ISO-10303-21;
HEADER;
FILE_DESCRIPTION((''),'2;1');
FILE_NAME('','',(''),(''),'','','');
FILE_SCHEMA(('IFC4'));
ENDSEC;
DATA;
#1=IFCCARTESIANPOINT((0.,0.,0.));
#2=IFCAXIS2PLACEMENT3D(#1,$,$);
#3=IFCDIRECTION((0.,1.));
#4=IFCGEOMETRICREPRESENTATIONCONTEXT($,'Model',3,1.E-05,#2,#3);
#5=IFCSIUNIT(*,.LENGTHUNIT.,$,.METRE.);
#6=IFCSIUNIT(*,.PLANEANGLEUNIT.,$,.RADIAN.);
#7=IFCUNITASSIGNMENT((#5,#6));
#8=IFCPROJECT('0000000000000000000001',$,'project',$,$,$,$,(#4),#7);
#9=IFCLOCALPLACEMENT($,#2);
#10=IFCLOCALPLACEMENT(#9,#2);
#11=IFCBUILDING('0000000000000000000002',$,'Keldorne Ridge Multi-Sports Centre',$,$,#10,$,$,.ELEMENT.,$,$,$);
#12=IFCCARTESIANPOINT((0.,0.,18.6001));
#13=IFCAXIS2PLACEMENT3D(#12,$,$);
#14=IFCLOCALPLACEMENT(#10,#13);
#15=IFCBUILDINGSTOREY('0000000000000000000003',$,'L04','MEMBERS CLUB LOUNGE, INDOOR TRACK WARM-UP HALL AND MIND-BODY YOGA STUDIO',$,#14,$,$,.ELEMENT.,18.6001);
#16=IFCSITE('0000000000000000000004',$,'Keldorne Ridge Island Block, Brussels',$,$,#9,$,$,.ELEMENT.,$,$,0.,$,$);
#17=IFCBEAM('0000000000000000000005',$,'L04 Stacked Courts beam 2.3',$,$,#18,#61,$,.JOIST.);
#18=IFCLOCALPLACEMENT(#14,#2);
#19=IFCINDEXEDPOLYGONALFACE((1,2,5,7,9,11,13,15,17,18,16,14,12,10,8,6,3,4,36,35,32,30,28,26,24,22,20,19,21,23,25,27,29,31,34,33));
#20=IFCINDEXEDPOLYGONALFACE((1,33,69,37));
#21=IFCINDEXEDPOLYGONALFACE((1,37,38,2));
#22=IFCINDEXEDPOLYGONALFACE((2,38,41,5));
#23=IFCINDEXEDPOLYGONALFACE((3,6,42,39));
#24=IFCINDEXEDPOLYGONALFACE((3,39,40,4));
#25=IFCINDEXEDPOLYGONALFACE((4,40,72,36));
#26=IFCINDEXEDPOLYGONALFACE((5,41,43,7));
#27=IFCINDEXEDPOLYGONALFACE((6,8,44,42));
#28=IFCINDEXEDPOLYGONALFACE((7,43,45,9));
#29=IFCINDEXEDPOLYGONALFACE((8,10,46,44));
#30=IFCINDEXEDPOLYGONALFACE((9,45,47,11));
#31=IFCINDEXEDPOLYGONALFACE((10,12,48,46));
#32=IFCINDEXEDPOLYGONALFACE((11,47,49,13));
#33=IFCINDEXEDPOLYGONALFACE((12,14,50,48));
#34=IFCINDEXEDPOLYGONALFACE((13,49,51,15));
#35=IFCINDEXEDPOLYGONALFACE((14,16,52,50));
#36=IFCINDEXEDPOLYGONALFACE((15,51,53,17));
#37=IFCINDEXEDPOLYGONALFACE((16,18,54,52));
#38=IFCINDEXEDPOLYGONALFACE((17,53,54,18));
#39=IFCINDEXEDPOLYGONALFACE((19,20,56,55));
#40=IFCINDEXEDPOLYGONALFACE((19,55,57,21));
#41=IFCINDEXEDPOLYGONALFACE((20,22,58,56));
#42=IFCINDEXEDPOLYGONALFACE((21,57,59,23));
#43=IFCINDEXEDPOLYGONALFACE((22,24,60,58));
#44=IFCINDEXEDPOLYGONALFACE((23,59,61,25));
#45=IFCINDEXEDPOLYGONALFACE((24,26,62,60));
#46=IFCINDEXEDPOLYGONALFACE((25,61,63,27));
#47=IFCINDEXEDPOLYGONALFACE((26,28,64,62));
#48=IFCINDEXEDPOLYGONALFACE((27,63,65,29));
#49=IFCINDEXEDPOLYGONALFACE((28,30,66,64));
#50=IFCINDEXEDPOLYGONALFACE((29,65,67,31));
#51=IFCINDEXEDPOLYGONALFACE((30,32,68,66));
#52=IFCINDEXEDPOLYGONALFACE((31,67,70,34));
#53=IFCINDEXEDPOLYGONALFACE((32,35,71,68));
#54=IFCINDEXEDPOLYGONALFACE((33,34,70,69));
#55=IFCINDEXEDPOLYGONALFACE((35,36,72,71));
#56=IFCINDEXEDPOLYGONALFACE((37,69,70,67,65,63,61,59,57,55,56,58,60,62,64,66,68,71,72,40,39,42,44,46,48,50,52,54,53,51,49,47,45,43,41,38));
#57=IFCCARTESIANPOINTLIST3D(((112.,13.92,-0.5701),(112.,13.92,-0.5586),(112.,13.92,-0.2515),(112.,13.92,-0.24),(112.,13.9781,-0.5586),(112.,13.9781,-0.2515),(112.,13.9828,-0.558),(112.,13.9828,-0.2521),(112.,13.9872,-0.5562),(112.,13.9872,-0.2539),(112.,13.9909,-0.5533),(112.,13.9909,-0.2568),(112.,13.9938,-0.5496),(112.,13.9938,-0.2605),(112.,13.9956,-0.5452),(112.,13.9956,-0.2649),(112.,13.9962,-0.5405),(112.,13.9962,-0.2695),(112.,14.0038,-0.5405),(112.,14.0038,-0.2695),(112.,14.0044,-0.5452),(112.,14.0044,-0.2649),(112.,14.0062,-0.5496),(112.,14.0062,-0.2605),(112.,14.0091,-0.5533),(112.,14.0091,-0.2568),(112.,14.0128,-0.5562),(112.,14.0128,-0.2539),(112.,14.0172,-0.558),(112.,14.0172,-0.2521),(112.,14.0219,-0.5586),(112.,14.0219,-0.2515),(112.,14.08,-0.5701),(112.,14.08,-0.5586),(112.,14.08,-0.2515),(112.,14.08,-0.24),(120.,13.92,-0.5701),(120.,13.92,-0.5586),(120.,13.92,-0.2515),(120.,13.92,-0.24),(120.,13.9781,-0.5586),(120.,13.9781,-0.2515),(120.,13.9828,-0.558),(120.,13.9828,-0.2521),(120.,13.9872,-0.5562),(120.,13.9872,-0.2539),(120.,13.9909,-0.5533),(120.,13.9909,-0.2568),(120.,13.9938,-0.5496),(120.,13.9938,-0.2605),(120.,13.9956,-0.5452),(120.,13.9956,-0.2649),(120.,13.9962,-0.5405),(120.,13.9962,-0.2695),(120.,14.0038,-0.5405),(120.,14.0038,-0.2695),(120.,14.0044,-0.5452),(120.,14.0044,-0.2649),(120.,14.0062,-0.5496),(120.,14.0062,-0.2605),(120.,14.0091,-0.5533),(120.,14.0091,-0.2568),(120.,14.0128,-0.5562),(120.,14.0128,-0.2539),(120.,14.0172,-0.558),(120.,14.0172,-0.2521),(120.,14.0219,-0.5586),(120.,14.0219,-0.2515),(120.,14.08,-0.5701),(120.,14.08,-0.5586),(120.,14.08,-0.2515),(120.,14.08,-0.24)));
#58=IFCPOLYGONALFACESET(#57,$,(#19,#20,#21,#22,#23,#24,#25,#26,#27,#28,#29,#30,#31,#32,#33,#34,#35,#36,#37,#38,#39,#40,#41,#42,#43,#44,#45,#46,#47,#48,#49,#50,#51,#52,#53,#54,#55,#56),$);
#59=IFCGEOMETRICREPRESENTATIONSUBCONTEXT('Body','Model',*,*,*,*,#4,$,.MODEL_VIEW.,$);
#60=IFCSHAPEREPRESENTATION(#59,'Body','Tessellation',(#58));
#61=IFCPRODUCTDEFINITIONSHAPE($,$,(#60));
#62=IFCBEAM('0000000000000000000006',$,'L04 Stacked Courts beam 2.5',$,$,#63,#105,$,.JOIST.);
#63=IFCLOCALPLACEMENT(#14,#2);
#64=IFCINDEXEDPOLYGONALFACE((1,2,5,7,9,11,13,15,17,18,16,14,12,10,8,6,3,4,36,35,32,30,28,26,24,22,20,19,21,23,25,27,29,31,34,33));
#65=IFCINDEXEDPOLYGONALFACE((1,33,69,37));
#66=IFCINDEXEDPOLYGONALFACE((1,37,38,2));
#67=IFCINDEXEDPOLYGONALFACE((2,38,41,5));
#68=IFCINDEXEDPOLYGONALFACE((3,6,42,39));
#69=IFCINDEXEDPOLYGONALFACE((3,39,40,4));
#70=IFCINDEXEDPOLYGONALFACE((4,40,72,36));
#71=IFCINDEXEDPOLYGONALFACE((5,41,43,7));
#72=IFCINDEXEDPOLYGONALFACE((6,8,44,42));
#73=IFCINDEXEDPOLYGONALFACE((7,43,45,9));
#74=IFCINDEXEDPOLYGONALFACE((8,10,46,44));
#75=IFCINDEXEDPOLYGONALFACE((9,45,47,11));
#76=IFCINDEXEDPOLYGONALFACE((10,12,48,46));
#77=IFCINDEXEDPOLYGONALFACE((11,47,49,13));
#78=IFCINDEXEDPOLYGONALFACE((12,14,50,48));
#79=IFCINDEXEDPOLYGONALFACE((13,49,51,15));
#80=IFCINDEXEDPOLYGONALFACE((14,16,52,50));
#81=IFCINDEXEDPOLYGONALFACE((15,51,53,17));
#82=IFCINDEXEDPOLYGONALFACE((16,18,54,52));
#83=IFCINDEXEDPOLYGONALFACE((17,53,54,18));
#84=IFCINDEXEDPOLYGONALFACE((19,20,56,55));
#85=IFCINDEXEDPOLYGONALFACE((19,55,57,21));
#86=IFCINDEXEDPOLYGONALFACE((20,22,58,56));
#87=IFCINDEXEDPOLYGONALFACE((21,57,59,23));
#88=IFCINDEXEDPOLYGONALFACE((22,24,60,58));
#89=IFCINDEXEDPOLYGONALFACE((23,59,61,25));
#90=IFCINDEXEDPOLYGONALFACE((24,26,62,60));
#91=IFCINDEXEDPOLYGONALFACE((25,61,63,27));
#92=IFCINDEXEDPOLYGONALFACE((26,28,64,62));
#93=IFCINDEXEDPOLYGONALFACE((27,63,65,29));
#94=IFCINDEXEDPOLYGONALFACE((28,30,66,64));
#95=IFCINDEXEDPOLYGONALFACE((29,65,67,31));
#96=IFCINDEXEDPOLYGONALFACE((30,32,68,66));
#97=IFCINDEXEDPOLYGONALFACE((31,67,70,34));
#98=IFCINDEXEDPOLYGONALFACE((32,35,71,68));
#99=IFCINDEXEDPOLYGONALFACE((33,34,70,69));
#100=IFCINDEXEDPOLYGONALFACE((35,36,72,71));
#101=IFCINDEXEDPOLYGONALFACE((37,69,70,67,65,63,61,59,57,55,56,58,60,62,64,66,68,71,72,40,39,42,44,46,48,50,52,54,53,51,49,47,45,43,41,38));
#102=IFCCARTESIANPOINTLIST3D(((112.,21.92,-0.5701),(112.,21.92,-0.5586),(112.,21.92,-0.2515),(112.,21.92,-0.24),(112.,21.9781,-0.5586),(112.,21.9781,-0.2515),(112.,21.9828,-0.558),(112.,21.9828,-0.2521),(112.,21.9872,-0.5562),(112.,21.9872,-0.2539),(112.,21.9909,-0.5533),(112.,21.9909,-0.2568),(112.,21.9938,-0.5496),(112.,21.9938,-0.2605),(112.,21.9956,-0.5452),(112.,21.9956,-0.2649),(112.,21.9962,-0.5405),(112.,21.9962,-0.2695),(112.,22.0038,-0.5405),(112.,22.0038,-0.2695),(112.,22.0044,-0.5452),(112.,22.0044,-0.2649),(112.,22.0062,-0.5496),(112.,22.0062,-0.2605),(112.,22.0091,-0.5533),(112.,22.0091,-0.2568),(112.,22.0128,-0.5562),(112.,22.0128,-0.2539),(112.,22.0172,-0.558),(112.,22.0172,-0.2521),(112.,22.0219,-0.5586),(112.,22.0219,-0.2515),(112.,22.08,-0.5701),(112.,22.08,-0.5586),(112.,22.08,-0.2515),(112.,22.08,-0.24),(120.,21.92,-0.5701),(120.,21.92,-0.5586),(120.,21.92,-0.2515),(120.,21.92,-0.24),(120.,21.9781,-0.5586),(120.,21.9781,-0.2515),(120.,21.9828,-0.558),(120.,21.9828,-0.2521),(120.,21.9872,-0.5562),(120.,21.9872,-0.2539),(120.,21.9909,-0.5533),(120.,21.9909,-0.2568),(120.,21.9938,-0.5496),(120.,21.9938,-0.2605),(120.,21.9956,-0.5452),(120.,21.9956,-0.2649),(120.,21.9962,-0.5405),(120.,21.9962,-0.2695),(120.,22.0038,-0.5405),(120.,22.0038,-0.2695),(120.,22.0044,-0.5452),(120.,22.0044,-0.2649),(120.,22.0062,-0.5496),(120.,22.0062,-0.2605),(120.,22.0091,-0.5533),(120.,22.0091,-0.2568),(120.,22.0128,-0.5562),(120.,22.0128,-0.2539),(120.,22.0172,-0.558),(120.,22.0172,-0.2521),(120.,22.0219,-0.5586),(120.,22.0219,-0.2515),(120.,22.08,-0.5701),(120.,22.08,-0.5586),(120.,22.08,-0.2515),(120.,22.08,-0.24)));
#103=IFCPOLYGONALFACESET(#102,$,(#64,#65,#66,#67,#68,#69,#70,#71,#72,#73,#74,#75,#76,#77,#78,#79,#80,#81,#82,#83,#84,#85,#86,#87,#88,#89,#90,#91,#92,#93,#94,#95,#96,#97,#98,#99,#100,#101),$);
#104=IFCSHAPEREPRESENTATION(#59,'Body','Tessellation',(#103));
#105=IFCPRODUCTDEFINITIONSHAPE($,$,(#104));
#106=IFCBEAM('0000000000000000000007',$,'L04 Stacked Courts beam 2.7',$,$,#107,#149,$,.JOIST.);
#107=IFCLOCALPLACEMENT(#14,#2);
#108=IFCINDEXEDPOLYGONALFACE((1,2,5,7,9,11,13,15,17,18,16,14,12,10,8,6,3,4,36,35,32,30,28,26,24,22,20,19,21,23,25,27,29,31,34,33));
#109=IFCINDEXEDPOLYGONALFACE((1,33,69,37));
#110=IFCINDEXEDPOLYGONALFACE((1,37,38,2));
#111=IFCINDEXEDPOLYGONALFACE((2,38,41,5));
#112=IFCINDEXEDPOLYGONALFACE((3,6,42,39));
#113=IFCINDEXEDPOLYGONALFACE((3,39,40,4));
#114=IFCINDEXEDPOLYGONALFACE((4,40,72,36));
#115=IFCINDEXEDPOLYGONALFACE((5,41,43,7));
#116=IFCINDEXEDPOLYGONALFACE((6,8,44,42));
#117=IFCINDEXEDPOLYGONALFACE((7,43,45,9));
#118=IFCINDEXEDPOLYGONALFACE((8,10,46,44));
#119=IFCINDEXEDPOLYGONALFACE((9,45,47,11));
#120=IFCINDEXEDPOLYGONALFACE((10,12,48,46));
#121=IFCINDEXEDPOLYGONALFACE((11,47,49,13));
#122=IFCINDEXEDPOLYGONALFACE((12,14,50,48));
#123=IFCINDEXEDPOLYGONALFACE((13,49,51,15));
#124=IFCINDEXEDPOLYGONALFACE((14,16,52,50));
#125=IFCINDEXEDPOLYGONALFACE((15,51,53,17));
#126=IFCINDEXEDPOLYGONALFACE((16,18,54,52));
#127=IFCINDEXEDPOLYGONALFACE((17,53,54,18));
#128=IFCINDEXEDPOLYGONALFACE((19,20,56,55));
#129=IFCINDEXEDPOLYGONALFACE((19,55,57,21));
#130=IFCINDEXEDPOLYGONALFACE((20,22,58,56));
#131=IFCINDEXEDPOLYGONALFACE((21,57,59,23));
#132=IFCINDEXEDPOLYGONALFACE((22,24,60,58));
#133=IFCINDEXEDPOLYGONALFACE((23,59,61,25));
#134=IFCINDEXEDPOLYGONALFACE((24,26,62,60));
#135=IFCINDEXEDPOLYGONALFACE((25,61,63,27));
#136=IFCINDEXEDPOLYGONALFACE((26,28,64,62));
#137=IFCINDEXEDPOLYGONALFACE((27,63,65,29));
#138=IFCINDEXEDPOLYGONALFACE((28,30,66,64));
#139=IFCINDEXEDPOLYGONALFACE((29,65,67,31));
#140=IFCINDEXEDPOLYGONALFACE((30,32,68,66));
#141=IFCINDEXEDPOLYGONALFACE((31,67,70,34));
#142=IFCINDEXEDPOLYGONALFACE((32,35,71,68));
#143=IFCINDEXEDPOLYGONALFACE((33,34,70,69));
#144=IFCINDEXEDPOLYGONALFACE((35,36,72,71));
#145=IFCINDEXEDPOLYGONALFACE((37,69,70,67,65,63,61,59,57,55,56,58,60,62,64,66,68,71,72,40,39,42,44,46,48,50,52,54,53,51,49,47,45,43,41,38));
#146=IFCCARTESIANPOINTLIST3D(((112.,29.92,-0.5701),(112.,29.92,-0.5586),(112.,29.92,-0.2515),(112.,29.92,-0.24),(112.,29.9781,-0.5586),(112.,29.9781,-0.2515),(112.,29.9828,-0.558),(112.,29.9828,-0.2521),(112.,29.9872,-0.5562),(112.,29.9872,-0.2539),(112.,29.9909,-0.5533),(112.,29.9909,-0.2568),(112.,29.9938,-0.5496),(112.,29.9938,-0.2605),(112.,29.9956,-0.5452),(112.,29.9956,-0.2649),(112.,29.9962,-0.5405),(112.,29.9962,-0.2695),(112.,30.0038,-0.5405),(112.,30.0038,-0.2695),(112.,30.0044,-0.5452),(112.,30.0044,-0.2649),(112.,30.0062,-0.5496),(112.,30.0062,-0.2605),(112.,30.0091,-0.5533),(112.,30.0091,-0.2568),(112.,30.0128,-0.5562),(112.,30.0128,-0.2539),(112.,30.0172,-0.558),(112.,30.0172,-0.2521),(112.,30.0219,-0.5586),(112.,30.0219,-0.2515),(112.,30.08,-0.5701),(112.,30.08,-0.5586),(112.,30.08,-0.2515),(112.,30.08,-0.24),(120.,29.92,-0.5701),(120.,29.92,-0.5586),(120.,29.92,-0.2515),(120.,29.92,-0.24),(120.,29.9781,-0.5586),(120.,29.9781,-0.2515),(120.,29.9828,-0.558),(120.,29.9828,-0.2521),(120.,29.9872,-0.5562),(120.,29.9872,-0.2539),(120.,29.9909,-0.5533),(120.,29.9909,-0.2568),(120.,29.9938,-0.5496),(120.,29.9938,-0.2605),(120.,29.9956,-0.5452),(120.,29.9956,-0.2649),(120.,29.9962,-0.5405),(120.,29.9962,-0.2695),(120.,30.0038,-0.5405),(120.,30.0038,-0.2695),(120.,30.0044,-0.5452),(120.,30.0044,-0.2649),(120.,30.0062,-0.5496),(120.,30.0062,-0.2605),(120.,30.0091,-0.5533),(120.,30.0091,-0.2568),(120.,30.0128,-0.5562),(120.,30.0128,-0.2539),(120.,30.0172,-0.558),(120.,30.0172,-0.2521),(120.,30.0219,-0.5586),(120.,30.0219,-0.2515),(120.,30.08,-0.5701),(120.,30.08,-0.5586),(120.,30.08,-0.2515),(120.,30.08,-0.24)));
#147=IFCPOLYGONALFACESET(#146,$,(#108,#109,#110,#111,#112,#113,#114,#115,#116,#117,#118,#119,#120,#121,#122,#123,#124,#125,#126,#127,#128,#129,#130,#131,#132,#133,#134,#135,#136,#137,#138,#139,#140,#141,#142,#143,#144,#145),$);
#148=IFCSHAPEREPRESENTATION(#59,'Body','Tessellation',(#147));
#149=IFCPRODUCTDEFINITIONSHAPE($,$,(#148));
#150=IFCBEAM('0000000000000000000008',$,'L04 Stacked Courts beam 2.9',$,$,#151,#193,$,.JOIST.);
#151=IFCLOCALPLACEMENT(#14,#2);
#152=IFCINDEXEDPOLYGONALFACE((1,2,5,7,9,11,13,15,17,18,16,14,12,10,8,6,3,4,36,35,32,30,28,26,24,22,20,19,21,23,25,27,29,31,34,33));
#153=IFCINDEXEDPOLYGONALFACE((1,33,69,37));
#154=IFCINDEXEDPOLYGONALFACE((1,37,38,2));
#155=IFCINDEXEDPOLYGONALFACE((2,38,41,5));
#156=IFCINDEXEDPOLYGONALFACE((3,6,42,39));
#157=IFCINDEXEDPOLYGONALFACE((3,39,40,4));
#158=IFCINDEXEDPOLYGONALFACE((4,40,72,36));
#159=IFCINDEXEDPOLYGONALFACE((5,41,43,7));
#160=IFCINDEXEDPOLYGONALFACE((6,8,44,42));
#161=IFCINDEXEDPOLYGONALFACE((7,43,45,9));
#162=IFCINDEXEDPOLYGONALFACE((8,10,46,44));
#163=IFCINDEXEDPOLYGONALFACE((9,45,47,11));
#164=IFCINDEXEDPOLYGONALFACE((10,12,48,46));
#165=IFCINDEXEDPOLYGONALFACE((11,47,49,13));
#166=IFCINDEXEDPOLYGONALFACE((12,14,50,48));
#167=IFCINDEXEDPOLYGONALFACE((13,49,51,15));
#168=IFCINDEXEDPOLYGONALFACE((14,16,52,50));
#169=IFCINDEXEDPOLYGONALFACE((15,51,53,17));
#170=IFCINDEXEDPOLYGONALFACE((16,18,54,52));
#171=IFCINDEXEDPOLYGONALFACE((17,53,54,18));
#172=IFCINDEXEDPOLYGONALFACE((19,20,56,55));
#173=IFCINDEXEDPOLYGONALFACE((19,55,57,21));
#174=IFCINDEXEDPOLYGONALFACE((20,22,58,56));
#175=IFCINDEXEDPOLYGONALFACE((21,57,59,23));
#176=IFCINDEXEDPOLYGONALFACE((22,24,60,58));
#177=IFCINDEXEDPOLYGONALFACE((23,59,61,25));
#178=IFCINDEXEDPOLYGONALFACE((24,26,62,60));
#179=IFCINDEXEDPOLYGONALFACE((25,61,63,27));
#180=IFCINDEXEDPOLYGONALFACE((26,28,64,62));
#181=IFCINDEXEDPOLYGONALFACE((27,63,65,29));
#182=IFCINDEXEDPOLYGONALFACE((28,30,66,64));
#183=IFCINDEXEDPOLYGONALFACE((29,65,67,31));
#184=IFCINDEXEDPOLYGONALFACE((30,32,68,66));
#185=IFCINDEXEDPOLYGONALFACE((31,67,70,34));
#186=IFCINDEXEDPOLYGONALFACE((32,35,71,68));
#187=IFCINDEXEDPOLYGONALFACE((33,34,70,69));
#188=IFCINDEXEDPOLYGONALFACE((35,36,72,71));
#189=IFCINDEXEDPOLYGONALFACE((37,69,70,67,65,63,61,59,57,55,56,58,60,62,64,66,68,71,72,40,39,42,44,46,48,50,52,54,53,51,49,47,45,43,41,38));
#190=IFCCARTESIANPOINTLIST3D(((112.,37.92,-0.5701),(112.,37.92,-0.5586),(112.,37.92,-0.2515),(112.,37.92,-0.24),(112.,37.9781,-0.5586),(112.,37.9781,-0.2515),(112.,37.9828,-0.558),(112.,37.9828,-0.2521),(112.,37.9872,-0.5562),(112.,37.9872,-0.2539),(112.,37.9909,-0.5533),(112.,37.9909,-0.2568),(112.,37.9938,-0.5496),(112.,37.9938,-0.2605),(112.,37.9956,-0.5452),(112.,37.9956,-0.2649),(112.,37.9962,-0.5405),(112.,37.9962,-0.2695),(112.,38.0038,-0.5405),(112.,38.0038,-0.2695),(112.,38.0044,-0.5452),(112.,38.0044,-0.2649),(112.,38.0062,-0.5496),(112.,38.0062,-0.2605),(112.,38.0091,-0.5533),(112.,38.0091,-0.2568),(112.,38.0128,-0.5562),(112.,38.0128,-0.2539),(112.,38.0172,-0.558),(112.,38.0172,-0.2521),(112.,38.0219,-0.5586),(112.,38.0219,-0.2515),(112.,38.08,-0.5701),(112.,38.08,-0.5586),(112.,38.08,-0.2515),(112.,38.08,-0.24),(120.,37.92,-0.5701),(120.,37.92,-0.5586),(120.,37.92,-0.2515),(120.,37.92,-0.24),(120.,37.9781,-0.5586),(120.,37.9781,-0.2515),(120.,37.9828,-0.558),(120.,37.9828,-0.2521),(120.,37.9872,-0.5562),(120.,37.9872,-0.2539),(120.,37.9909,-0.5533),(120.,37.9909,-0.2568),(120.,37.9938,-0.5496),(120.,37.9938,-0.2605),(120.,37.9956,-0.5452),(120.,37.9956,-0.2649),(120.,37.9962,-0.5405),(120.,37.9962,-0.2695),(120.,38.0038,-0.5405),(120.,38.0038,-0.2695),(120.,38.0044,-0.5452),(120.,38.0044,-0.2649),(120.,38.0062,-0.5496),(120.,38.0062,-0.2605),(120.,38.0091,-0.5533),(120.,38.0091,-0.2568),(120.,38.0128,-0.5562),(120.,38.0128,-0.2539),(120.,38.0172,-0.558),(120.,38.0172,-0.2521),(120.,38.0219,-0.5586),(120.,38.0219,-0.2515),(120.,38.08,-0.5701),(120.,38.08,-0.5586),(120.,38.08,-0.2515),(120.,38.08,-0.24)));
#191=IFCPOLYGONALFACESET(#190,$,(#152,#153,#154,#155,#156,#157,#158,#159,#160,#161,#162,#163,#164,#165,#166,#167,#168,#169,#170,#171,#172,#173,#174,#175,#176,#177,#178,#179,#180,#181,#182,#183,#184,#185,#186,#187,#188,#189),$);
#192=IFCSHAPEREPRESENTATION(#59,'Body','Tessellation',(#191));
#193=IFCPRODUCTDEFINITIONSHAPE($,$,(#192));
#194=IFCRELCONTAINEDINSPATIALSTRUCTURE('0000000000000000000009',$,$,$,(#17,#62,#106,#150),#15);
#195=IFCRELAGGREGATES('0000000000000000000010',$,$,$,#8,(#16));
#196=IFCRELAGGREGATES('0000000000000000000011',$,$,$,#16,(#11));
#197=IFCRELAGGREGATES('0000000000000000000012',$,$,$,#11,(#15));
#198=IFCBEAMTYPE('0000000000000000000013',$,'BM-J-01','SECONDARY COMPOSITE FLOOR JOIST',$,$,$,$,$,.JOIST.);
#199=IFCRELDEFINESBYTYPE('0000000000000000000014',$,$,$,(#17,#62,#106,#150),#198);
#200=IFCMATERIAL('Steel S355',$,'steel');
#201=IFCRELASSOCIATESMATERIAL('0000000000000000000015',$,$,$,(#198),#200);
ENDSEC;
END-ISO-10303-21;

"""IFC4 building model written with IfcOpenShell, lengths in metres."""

from ifc_helpers import new_model, si_unit, direction, frame, origin, origin_2d, place, context, subcontext, project, spatial, i_section, extrude, material, material_profile, profile_set, type_object, element, save


model = new_model("IFC4")

# Units and contexts
model_context = context("Model", 3, precision=1e-05, world=origin(), true_north=direction((0.0, 1.0)))
body_context = subcontext(model_context, "Body", "Model", "MODEL_VIEW")
ifc_project = project(units=[si_unit("LENGTHUNIT", "METRE"), si_unit("PLANEANGLEUNIT", "RADIAN")], contexts=[model_context])

# Site, building, storey
site_placement = place(None, origin())
site = spatial("IfcSite", under=ifc_project, at=site_placement, Name="Keldorne Ridge Island Block, Brussels", CompositionType="ELEMENT", RefElevation=0.0)
building_placement = place(site_placement, origin())
building = spatial("IfcBuilding", under=site, at=building_placement, Name="Keldorne Ridge Multi-Sports Centre", CompositionType="ELEMENT")
storey_placement = place(building_placement, frame((0.0, 0.0, 18.6001)))
storey = spatial("IfcBuildingStorey", under=building, at=storey_placement, Name="L04", Description="MEMBERS CLUB LOUNGE, INDOOR TRACK WARM-UP HALL AND MIND-BODY YOGA STUDIO", CompositionType="ELEMENT", Elevation=18.6001)

# Beams
ifc_material_1 = material(Name="Steel S355", Category="steel")
ifc_material_profile_1 = material_profile(ifc_material_1, i_section(OverallWidth=0.1599, OverallDepth=0.3301, WebThickness=0.0076, FlangeThickness=0.0115, FilletRadius=0.0181, at=origin_2d()), Name="IPE 330")
ifc_profile_set_1 = profile_set([ifc_material_profile_1], Name="Steel S355")
beam_type_1 = type_object("IfcBeamType", Name="BM-J-01", Description="SECONDARY COMPOSITE FLOOR JOIST", PredefinedType="JOIST", material=ifc_profile_set_1)
for number, where, z_axis, x_axis, name in (
    (1, (112.0, 14.0, -0.405), (1.0, 0.0, 0.0), (0.0, 1.0, 0.0), "L04 Stacked Courts beam 2.3"),
    (2, (112.0, 22.0, -0.405), (1.0, 0.0, 0.0), (0.0, 1.0, 0.0), "L04 Stacked Courts beam 2.5"),
    (3, (112.0, 30.0, -0.405), (1.0, 0.0, 0.0), (0.0, 1.0, 0.0), "L04 Stacked Courts beam 2.7"),
    (4, (112.0, 38.0, -0.405), (1.0, 0.0, 0.0), (0.0, 1.0, 0.0), "L04 Stacked Courts beam 2.9"),
):
    element("IfcBeam", number, at=place(storey_placement, frame(where, z_axis=z_axis, x_axis=x_axis)), inside=storey, type_object=beam_type_1, Name=name, PredefinedType="JOIST", context=body_context, shape_type="SweptSolid", body=[
        extrude(i_section(OverallWidth=0.1599, OverallDepth=0.3301, WebThickness=0.0076, FlangeThickness=0.0115, FilletRadius=0.0181, at=origin_2d()), origin(), (0.0, 0.0, 1.0), 8.0),
    ])

save(model, "model.ifc")
